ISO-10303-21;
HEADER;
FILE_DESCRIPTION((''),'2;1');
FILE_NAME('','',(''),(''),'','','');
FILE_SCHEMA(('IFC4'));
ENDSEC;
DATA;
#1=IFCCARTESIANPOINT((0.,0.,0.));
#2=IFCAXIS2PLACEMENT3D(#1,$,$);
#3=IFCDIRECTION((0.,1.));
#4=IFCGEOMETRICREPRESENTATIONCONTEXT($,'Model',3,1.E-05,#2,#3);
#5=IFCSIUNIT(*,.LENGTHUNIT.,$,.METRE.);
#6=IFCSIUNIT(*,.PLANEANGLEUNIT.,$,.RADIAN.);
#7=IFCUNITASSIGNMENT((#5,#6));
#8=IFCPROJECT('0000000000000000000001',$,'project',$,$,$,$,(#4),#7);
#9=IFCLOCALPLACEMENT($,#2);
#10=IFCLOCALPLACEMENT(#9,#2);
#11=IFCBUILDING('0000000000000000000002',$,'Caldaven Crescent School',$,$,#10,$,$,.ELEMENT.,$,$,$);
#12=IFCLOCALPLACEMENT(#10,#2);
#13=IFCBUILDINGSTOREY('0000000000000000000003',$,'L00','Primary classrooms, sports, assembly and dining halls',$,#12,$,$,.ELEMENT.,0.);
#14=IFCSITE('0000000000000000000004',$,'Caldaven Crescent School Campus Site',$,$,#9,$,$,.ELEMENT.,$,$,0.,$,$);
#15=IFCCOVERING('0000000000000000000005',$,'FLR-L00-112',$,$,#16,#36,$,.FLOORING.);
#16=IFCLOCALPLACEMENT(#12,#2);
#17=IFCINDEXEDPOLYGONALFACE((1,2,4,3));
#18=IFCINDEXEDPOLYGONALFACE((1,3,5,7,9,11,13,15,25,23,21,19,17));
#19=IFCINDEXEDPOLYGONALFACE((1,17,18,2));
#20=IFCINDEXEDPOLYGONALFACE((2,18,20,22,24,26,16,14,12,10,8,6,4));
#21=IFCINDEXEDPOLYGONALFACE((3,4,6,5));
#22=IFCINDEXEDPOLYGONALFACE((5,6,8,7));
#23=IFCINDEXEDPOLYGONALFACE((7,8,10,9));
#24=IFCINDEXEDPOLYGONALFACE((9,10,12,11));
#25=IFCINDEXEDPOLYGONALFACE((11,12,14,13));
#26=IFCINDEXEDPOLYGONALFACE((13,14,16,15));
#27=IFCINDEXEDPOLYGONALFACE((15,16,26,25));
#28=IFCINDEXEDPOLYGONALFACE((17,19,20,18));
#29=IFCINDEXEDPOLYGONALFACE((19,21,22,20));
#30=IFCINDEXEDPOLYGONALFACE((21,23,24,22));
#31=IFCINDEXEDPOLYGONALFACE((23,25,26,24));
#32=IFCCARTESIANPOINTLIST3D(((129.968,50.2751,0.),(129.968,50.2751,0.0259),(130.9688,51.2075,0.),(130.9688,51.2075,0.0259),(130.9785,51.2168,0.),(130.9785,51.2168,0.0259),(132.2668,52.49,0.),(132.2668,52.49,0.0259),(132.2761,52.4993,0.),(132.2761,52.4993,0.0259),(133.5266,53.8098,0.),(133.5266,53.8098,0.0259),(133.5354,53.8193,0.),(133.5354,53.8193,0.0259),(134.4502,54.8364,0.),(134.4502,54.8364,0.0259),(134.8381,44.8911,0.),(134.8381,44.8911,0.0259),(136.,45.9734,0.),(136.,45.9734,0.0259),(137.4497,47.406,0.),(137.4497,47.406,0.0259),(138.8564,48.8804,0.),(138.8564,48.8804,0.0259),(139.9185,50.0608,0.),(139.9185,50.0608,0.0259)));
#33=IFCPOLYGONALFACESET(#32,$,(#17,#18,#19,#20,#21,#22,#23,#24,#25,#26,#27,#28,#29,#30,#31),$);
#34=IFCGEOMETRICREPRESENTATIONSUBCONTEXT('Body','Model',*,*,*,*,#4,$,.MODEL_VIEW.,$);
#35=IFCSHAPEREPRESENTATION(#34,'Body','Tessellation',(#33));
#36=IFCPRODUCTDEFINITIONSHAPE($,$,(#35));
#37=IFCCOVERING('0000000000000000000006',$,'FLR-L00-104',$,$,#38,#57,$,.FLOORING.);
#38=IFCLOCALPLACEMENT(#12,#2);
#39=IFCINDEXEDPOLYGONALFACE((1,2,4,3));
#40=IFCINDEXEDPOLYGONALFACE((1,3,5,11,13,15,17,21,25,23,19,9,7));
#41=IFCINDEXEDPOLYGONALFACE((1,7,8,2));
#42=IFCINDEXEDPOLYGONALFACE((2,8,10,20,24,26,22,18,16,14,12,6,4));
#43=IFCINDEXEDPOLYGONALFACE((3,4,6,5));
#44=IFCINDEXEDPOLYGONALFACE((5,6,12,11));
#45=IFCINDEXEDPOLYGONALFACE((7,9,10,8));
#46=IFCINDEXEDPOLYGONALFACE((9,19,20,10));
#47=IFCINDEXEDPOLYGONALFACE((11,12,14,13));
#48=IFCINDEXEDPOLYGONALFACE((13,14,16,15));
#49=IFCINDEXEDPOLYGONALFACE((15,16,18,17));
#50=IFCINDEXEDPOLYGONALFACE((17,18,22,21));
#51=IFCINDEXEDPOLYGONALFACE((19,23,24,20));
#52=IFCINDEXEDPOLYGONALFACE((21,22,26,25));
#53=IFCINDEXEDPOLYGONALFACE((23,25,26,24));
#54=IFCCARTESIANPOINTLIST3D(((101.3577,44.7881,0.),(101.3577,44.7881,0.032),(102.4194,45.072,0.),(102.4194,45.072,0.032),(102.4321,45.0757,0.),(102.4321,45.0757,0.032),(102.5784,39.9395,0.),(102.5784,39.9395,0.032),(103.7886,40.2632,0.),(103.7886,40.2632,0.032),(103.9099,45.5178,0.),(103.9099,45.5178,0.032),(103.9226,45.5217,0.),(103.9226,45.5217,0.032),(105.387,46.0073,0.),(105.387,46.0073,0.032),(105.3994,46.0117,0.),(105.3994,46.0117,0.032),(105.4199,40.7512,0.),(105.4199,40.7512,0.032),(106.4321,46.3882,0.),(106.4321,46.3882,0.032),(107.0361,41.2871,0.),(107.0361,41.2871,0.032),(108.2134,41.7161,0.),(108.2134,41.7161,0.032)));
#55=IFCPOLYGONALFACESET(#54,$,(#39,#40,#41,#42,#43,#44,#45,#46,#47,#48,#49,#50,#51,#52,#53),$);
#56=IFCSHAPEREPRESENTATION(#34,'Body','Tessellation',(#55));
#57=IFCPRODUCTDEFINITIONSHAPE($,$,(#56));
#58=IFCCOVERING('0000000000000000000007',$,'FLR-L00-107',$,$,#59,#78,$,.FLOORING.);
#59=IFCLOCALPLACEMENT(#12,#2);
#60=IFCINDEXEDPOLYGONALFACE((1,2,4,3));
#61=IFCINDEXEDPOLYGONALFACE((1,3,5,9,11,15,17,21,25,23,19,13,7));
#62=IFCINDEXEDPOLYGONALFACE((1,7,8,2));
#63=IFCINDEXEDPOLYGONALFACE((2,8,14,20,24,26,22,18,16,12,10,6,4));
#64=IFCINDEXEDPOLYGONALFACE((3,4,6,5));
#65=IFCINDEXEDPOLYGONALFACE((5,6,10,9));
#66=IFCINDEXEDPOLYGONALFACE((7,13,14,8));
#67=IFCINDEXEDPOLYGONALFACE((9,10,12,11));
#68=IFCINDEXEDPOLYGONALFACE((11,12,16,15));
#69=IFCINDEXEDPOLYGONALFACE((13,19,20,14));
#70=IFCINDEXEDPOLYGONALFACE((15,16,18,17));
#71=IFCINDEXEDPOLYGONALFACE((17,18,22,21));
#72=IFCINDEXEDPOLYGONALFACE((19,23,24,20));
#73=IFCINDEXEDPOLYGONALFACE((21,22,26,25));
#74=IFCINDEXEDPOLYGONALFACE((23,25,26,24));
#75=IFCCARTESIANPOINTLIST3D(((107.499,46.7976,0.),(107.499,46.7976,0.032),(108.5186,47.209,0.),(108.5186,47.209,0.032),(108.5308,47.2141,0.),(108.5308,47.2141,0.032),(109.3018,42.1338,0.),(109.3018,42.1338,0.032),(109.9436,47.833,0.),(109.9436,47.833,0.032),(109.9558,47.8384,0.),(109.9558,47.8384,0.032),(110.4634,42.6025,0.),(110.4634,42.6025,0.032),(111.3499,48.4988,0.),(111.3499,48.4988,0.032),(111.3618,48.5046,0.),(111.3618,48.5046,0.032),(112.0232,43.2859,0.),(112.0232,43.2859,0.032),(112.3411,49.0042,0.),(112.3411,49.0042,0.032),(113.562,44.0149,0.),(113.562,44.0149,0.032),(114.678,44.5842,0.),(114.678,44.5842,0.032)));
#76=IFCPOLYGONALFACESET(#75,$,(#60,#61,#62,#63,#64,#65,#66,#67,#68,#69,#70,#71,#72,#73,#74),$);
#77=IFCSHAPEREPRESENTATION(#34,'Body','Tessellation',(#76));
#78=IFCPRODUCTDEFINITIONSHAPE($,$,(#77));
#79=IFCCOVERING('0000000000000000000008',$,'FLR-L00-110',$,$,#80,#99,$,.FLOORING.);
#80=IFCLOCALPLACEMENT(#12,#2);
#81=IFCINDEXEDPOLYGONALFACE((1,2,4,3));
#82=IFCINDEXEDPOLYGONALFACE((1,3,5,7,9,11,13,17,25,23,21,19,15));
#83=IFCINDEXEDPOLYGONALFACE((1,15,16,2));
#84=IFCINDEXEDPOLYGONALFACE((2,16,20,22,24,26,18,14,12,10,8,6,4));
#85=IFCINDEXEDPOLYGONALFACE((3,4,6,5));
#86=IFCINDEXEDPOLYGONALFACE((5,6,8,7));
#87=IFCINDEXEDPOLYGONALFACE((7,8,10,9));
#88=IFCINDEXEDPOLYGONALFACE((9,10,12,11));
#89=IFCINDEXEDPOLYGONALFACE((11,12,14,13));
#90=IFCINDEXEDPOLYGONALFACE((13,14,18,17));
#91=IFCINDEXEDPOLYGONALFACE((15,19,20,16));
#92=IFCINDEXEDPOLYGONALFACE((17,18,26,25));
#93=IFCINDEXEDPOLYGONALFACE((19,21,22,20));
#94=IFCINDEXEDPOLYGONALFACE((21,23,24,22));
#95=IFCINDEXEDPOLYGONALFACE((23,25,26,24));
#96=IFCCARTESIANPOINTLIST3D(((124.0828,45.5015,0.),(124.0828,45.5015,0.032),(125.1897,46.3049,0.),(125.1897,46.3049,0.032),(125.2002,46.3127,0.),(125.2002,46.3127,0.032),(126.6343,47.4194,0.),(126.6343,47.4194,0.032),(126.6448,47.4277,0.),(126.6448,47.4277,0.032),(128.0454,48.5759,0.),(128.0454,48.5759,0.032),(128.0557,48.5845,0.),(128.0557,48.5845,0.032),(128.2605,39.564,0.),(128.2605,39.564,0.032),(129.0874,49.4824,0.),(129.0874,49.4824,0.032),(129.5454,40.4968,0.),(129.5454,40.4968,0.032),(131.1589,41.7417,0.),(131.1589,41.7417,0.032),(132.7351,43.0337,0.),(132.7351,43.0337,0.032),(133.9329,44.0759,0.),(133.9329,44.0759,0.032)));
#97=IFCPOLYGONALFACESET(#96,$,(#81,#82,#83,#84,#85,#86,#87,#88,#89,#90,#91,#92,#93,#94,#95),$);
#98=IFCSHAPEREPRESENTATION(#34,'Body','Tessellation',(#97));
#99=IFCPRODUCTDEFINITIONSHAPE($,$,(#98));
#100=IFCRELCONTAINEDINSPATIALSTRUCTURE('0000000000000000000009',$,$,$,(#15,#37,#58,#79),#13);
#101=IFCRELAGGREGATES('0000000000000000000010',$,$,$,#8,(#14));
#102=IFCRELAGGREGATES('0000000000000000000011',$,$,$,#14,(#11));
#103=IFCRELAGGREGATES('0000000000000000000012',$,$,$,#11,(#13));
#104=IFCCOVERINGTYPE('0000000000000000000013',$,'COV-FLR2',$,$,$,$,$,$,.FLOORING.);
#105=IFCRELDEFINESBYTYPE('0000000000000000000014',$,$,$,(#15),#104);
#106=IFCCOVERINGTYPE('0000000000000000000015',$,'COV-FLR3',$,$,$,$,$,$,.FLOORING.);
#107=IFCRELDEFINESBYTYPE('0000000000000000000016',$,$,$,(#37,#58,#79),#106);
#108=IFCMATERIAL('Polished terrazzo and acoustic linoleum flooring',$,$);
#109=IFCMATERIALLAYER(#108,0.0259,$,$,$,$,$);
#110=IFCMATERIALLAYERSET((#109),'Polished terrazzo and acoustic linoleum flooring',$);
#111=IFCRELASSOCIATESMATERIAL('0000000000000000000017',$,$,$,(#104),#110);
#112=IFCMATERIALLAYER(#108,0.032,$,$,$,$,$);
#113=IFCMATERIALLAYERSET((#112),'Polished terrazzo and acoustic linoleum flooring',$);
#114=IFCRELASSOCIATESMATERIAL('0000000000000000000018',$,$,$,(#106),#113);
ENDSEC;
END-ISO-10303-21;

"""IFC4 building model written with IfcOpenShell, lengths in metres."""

from ifc_helpers import new_model, si_unit, direction, origin, place, context, subcontext, project, spatial, polyline, outline, extrude, material, layer, layer_set, type_object, element, save


model = new_model("IFC4")

# Units and contexts
model_context = context("Model", 3, precision=1e-05, world=origin(), true_north=direction((0.0, 1.0)))
body_context = subcontext(model_context, "Body", "Model", "MODEL_VIEW")
ifc_project = project(units=[si_unit("LENGTHUNIT", "METRE"), si_unit("PLANEANGLEUNIT", "RADIAN")], contexts=[model_context])

# Site, building, storey
site_placement = place(None, origin())
site = spatial("IfcSite", under=ifc_project, at=site_placement, Name="Caldaven Crescent School Campus Site", CompositionType="ELEMENT", RefElevation=0.0)
building_placement = place(site_placement, origin())
building = spatial("IfcBuilding", under=site, at=building_placement, Name="Caldaven Crescent School", CompositionType="ELEMENT")
storey_placement = place(building_placement, origin())
storey = spatial("IfcBuildingStorey", under=building, at=storey_placement, Name="L00", Description="Primary classrooms, sports, assembly and dining halls", CompositionType="ELEMENT", Elevation=0.0)

# Coverings
ifc_material_1 = material(Name="Polished terrazzo and acoustic linoleum flooring")
ifc_layer_1 = layer(ifc_material_1, 0.0259)
ifc_layer_set_1 = layer_set([ifc_layer_1], Name="Polished terrazzo and acoustic linoleum flooring")
covering_type_1 = type_object("IfcCoveringType", Name="COV-FLR2", PredefinedType="FLOORING", material=ifc_layer_set_1)
covering_1_placement = place(storey_placement, origin())
element("IfcCovering", 1, at=covering_1_placement, inside=storey, type_object=covering_type_1, Name="FLR-L00-112", PredefinedType="FLOORING", context=body_context, shape_type="SweptSolid", body=[
    extrude(outline(polyline([(129.968, 50.2751), (130.9688, 51.2075), (130.9785, 51.2168), (132.2668, 52.49), (132.2761, 52.4993), (133.5266, 53.8098), (133.5354, 53.8193), (134.4502, 54.8364), (139.9185, 50.0608), (138.8564, 48.8804), (137.4497, 47.406), (136.0, 45.9734), (134.8381, 44.8911), (129.968, 50.2751)])), origin(), (0.0, 0.0, 1.0), 0.0259),
])
ifc_layer_2 = layer(ifc_material_1, 0.032)
ifc_layer_set_2 = layer_set([ifc_layer_2], Name="Polished terrazzo and acoustic linoleum flooring")
covering_type_2 = type_object("IfcCoveringType", Name="COV-FLR3", PredefinedType="FLOORING", material=ifc_layer_set_2)
covering_2_placement = place(storey_placement, origin())
element("IfcCovering", 2, at=covering_2_placement, inside=storey, type_object=covering_type_2, Name="FLR-L00-104", PredefinedType="FLOORING", context=body_context, shape_type="SweptSolid", body=[
    extrude(outline(polyline([(101.3577, 44.7881), (102.4194, 45.072), (102.4321, 45.0757), (103.9099, 45.5178), (103.9226, 45.5217), (105.387, 46.0073), (105.3994, 46.0117), (106.4321, 46.3882), (108.2134, 41.7161), (107.0361, 41.2871), (105.4199, 40.7512), (103.7886, 40.2632), (102.5784, 39.9395), (101.3577, 44.7881)])), origin(), (0.0, 0.0, 1.0), 0.032),
])
covering_3_placement = place(storey_placement, origin())
element("IfcCovering", 3, at=covering_3_placement, inside=storey, type_object=covering_type_2, Name="FLR-L00-107", PredefinedType="FLOORING", context=body_context, shape_type="SweptSolid", body=[
    extrude(outline(polyline([(107.499, 46.7976), (108.5186, 47.209), (108.5308, 47.2141), (109.9436, 47.833), (109.9558, 47.8384), (111.3499, 48.4988), (111.3618, 48.5046), (112.3411, 49.0042), (114.678, 44.5842), (113.562, 44.0149), (112.0232, 43.2859), (110.4634, 42.6025), (109.3018, 42.1338), (107.499, 46.7976)])), origin(), (0.0, 0.0, 1.0), 0.032),
])
covering_4_placement = place(storey_placement, origin())
element("IfcCovering", 4, at=covering_4_placement, inside=storey, type_object=covering_type_2, Name="FLR-L00-110", PredefinedType="FLOORING", context=body_context, shape_type="SweptSolid", body=[
    extrude(outline(polyline([(124.0828, 45.5015), (125.1897, 46.3049), (125.2002, 46.3127), (126.6343, 47.4194), (126.6448, 47.4277), (128.0454, 48.5759), (128.0557, 48.5845), (129.0874, 49.4824), (133.9329, 44.0759), (132.7351, 43.0337), (131.1589, 41.7417), (129.5454, 40.4968), (128.2605, 39.564), (124.0828, 45.5015)])), origin(), (0.0, 0.0, 1.0), 0.032),
])

save(model, "model.ifc")
